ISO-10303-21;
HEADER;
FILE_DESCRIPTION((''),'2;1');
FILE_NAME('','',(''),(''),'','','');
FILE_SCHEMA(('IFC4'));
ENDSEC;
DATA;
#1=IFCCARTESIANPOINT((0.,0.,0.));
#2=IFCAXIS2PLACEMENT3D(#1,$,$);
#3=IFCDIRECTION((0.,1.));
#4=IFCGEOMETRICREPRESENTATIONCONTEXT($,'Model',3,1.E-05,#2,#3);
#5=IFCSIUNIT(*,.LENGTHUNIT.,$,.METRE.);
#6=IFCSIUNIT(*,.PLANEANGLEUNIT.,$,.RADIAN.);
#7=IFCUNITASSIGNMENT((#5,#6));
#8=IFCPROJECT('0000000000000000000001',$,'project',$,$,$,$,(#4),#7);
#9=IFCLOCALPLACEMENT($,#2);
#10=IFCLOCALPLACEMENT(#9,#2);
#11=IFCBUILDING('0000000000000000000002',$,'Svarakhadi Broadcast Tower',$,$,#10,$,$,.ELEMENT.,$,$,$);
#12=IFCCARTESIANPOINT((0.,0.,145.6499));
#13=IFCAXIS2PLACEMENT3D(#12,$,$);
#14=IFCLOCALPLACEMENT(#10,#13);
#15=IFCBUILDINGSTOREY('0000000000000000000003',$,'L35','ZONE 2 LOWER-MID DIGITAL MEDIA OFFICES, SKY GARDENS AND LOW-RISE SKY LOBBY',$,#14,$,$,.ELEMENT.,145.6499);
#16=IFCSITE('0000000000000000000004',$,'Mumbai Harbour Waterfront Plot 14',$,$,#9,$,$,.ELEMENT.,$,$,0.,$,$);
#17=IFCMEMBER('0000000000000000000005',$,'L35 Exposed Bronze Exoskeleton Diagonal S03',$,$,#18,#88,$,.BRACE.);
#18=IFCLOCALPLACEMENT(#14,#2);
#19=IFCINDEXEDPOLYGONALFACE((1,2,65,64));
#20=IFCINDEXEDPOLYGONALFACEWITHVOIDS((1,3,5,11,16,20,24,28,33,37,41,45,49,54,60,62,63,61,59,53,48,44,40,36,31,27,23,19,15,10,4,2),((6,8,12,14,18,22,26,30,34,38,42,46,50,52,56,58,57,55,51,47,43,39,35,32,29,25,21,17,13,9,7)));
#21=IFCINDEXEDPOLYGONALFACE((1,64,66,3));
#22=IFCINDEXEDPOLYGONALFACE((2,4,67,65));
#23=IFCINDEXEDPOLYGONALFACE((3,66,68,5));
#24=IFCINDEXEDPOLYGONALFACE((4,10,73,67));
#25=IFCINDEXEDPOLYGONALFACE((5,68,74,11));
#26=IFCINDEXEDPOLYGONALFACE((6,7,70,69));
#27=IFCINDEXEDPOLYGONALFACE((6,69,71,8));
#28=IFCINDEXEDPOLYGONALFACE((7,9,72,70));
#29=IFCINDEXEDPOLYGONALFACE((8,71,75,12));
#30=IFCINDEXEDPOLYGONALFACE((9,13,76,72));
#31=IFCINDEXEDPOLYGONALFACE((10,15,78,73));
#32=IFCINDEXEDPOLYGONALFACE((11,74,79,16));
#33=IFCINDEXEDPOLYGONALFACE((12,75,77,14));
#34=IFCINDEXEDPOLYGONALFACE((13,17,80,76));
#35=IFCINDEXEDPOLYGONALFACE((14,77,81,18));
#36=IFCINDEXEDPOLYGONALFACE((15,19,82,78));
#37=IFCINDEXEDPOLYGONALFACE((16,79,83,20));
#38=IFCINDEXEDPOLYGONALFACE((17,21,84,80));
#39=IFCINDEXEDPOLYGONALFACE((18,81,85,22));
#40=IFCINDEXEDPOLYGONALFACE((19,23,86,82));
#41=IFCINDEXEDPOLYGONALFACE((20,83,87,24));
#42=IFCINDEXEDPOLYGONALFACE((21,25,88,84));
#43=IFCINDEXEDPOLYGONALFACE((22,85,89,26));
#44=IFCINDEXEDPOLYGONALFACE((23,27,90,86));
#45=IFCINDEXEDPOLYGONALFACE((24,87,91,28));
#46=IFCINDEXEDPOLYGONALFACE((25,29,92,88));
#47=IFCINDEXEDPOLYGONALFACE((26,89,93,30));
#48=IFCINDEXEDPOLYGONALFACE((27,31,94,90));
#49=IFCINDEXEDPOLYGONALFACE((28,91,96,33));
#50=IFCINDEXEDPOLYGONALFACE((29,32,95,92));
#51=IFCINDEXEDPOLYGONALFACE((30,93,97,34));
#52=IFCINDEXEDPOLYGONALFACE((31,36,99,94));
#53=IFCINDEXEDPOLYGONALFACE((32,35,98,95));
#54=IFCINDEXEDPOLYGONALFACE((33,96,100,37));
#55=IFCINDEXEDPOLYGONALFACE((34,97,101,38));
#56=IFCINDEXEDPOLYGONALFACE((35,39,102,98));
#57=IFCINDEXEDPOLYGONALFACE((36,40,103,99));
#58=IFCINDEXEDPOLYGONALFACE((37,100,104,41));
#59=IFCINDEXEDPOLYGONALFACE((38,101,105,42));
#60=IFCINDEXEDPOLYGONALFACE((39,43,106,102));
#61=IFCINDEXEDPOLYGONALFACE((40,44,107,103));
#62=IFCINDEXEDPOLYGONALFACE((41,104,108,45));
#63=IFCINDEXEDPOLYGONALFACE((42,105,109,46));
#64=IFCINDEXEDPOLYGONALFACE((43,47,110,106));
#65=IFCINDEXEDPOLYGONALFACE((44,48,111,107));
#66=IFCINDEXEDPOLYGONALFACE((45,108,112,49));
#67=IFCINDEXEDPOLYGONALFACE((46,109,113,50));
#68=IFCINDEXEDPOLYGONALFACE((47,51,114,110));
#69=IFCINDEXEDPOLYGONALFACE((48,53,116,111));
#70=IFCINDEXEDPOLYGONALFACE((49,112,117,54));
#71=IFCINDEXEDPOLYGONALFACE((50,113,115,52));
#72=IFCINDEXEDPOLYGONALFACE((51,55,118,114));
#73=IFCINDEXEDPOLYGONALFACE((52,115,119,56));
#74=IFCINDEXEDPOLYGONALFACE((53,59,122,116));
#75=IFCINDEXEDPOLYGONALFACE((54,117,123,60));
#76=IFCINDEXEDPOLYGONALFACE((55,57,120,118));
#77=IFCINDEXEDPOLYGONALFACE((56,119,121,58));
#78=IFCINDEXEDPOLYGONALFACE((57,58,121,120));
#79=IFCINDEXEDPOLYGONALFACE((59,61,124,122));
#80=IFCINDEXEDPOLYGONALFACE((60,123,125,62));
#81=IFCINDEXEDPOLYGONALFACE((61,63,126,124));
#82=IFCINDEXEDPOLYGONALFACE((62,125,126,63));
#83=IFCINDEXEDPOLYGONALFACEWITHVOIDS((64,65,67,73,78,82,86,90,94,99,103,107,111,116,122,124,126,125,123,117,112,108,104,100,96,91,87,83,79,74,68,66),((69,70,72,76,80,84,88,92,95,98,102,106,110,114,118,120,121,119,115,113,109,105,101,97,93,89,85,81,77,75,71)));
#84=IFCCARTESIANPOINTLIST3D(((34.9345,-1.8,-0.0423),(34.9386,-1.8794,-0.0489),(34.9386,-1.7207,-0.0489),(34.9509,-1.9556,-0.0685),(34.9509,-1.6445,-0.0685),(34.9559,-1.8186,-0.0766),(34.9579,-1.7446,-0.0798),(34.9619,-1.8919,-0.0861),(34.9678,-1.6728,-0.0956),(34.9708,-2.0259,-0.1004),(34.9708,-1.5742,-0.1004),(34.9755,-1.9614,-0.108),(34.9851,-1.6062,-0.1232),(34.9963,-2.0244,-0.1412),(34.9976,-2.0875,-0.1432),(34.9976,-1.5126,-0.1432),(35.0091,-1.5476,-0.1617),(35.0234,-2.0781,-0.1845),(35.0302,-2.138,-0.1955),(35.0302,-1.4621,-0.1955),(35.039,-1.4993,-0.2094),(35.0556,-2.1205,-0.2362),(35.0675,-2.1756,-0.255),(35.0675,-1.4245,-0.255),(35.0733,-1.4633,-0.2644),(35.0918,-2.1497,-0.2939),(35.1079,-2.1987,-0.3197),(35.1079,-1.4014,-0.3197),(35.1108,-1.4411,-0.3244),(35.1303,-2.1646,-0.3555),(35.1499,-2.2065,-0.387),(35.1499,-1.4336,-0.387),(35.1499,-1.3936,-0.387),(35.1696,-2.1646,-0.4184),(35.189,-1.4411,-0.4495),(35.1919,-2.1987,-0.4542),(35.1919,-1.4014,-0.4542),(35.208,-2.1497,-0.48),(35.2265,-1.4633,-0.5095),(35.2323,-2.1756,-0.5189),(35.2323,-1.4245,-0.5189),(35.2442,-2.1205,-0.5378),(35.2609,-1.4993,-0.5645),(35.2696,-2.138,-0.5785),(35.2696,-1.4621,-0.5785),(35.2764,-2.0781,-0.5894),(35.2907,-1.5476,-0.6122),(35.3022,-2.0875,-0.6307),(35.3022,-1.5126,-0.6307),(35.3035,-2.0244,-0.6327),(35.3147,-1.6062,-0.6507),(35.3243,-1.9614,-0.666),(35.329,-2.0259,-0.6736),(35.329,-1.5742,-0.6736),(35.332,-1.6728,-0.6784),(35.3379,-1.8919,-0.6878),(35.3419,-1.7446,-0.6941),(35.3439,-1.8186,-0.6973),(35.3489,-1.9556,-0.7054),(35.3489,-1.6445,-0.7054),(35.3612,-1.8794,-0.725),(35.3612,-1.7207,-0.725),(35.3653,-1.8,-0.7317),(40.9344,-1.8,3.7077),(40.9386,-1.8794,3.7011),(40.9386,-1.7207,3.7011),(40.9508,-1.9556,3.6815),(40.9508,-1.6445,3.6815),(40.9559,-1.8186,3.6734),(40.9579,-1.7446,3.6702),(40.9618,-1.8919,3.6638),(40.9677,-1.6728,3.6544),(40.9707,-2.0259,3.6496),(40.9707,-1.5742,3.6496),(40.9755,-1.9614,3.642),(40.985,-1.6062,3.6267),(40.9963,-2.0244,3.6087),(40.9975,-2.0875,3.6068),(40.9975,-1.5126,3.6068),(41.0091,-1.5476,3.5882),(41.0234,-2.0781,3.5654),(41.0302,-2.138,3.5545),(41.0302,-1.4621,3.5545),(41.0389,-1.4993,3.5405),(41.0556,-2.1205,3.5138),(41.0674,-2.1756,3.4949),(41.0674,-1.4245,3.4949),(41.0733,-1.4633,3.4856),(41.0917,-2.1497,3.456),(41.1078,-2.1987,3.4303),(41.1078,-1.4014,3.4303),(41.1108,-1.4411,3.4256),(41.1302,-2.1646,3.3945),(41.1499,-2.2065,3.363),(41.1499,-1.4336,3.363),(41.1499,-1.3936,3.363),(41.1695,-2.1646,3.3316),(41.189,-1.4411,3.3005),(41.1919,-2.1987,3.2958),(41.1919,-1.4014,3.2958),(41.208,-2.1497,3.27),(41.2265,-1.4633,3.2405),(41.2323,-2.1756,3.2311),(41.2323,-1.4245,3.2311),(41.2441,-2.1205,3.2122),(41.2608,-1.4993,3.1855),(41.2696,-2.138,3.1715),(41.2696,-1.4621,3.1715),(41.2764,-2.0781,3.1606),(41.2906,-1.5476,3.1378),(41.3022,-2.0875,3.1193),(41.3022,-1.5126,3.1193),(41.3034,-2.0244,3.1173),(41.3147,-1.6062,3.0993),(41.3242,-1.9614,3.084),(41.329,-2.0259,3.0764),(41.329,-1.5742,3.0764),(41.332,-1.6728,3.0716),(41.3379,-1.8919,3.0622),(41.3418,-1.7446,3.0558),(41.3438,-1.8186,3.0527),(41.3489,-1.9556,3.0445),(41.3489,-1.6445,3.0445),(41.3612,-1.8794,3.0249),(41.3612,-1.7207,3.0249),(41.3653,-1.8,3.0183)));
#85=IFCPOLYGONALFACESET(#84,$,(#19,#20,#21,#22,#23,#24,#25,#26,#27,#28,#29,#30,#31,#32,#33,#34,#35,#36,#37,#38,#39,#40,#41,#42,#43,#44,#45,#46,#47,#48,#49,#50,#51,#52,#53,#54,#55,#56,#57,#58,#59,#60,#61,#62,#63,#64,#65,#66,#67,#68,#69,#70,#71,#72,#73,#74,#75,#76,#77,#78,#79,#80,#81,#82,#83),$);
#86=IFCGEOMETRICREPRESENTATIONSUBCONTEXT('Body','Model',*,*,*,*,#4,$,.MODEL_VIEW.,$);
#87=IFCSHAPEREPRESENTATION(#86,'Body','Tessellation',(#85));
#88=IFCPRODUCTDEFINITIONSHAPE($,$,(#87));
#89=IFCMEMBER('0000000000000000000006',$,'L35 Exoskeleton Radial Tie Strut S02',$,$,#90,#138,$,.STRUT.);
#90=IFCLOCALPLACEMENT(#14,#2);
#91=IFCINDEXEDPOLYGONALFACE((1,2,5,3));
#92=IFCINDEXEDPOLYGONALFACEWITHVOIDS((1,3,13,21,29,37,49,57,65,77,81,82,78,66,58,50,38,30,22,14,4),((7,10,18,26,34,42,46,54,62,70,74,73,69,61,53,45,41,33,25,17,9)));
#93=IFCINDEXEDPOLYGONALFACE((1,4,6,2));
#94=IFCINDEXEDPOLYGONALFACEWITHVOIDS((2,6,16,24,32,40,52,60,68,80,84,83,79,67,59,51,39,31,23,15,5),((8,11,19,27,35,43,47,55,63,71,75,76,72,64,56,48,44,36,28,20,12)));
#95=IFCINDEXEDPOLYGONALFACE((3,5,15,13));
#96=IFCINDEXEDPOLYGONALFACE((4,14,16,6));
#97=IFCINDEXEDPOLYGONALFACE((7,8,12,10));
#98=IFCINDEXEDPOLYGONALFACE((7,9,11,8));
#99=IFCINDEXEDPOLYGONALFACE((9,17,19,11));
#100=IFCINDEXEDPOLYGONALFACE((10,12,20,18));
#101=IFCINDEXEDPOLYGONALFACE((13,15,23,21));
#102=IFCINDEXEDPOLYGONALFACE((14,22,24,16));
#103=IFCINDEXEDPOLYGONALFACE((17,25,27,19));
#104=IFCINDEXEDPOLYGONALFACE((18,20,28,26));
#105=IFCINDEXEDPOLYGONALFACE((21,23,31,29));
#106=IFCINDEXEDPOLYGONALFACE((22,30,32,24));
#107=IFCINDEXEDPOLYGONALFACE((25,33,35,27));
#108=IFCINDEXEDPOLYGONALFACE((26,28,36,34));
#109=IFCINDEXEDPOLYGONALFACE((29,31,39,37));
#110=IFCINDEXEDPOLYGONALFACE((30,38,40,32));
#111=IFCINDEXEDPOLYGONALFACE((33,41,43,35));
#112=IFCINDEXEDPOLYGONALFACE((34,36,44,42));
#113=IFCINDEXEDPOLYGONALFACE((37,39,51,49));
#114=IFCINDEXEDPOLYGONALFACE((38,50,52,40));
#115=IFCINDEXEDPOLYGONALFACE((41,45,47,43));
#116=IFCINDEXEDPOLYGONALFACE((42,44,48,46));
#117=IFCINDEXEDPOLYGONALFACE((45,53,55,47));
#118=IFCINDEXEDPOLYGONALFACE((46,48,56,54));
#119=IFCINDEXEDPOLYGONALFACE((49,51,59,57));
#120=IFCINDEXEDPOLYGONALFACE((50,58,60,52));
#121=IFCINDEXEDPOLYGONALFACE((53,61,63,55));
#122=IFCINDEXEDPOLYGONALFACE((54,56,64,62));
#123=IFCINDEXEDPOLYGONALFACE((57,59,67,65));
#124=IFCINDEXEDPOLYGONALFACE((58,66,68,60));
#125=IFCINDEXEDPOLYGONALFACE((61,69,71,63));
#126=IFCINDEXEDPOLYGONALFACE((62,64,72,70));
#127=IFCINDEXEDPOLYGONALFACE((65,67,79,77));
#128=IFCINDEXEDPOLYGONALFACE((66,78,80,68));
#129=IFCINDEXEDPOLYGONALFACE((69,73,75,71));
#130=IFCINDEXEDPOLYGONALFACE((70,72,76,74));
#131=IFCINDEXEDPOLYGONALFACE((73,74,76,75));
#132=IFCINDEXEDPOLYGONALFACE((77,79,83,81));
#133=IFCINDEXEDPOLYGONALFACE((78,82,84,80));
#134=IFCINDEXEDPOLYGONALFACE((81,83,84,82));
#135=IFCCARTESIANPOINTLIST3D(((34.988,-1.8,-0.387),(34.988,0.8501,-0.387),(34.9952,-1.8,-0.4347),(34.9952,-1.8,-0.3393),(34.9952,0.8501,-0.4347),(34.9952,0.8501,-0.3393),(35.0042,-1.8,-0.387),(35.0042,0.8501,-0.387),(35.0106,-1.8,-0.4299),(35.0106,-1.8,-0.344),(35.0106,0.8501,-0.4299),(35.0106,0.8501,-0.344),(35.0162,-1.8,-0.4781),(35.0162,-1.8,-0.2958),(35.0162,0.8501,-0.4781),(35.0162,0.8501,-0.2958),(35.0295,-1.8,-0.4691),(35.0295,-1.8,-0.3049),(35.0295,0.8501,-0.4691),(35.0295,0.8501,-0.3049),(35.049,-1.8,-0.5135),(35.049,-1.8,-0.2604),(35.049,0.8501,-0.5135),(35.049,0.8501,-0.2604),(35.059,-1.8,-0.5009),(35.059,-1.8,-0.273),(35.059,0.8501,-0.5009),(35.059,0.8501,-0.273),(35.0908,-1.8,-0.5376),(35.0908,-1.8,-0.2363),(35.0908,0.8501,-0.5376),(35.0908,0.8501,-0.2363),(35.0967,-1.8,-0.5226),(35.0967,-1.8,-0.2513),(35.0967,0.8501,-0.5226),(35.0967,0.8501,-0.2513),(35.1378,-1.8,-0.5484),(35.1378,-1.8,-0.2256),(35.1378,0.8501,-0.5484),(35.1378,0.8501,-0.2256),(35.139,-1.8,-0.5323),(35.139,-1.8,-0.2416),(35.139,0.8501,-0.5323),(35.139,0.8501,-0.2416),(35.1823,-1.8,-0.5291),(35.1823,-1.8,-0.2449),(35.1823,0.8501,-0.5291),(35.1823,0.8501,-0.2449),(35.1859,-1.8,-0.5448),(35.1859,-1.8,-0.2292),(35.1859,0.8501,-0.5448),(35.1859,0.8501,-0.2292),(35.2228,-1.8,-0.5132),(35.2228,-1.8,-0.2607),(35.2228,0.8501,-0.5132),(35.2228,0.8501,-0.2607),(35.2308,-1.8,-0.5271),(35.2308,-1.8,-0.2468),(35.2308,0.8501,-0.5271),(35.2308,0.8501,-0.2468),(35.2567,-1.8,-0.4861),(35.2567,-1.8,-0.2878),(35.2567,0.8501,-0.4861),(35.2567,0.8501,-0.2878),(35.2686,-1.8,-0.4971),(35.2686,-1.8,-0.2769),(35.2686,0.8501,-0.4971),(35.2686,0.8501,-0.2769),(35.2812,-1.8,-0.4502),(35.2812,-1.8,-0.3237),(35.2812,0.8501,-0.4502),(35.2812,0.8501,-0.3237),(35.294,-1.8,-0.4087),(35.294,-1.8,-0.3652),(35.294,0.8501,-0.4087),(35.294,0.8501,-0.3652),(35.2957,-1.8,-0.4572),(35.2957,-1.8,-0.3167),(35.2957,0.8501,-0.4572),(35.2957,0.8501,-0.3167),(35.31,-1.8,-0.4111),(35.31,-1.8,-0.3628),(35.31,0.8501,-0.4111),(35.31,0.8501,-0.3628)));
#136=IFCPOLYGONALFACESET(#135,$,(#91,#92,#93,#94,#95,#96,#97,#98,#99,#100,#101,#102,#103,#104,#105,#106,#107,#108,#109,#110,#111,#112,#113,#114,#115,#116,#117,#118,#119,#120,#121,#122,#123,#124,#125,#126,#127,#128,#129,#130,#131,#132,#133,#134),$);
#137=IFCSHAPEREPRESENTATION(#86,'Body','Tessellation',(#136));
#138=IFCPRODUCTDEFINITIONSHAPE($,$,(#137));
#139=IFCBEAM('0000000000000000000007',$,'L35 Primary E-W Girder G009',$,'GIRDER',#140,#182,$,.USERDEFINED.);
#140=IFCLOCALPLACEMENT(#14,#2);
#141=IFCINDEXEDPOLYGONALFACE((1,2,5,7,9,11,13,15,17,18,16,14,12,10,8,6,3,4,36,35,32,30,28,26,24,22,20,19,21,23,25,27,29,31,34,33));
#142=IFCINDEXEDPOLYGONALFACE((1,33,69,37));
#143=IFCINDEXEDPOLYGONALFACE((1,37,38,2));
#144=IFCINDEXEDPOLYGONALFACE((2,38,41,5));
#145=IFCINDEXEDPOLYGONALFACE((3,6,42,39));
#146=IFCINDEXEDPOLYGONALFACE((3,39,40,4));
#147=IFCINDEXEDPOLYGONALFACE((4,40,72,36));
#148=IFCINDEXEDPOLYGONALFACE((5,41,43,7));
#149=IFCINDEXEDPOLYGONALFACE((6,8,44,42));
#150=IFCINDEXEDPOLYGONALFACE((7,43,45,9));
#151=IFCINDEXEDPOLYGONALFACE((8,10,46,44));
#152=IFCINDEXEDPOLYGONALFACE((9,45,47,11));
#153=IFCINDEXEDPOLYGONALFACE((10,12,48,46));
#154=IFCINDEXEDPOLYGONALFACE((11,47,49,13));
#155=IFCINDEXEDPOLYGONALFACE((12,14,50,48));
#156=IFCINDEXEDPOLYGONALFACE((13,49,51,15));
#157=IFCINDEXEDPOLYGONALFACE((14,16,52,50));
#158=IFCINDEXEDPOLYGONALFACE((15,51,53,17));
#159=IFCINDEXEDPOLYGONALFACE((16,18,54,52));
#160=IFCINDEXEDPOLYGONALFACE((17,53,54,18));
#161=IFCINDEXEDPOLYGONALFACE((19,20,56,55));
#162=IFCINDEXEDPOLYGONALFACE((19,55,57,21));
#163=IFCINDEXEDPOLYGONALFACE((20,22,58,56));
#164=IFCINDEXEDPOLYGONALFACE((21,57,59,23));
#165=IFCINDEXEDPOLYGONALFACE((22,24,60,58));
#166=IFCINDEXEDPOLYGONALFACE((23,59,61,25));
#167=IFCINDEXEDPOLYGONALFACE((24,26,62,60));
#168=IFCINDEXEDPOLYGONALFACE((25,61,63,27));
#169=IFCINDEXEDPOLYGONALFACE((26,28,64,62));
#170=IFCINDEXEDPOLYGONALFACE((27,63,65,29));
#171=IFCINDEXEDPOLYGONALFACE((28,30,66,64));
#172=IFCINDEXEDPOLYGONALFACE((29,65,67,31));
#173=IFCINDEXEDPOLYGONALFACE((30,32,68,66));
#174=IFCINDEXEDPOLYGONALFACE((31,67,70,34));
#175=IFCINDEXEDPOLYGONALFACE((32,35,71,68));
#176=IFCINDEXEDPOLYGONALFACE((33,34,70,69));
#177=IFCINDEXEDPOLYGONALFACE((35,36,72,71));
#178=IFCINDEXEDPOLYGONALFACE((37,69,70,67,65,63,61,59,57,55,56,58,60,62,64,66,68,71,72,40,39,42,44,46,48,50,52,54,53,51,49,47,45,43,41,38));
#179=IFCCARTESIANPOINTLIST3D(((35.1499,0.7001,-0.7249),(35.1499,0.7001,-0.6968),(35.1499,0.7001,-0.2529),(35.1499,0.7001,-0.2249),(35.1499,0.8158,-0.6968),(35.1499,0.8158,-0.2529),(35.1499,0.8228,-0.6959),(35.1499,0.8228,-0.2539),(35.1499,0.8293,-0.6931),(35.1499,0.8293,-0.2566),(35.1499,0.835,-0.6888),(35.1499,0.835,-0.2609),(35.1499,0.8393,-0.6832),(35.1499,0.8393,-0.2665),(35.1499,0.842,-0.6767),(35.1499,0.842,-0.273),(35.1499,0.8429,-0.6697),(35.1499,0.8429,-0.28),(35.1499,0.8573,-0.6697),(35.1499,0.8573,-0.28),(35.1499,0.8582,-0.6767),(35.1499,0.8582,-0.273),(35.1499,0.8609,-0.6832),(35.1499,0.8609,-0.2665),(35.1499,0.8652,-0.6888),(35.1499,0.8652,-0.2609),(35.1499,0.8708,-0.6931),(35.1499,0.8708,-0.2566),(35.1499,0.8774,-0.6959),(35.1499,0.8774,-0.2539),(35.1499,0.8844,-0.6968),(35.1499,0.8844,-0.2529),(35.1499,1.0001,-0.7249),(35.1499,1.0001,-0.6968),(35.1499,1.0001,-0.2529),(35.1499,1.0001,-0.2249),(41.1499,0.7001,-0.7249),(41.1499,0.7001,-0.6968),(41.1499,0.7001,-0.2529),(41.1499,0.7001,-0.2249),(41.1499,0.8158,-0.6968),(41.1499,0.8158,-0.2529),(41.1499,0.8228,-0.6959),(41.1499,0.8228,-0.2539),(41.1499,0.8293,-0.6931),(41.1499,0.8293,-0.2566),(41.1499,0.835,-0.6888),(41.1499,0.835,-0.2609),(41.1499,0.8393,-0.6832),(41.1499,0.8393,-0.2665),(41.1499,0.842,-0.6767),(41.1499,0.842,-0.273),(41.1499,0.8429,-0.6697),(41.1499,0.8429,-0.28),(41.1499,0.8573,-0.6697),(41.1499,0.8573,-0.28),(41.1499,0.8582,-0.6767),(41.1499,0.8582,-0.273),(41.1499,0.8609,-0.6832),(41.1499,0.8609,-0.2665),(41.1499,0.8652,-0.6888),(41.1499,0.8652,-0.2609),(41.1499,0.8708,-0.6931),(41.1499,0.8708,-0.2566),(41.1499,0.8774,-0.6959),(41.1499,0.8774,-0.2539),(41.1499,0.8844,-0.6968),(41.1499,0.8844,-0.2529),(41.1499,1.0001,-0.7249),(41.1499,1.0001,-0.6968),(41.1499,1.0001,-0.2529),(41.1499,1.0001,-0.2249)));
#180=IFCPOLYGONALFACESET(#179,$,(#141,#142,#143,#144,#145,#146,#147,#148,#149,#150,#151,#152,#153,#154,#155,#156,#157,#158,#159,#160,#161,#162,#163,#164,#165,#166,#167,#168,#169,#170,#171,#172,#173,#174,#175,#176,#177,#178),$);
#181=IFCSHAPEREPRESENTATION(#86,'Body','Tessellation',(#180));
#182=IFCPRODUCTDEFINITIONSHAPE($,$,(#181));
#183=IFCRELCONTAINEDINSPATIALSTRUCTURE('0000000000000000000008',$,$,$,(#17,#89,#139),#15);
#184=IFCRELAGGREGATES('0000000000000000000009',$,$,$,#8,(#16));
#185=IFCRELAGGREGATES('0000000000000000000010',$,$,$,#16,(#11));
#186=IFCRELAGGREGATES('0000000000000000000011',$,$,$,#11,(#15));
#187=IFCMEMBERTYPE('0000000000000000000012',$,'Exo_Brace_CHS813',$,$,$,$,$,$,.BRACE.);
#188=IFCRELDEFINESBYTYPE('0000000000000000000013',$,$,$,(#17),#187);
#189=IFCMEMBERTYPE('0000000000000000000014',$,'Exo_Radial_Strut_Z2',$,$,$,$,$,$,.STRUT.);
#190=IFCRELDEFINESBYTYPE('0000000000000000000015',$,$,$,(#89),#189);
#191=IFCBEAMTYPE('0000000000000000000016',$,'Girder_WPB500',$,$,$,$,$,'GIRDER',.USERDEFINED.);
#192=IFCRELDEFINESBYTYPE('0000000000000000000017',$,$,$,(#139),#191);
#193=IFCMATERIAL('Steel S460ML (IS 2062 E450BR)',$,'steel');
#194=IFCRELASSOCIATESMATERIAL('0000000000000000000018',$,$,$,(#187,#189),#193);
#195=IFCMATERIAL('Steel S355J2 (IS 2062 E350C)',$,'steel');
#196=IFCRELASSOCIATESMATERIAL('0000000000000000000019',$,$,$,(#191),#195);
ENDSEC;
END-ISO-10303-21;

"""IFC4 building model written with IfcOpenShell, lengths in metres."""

from ifc_helpers import new_model, si_unit, direction, frame, origin, origin_2d, place, context, subcontext, project, spatial, hollow_circle, i_section, extrude, material, material_profile, profile_set, type_object, element, save


model = new_model("IFC4")

# Units and contexts
model_context = context("Model", 3, precision=1e-05, world=origin(), true_north=direction((0.0, 1.0)))
body_context = subcontext(model_context, "Body", "Model", "MODEL_VIEW")
ifc_project = project(units=[si_unit("LENGTHUNIT", "METRE"), si_unit("PLANEANGLEUNIT", "RADIAN")], contexts=[model_context])

# Site, building, storey
site_placement = place(None, origin())
site = spatial("IfcSite", under=ifc_project, at=site_placement, Name="Mumbai Harbour Waterfront Plot 14", CompositionType="ELEMENT", RefElevation=0.0)
building_placement = place(site_placement, origin())
building = spatial("IfcBuilding", under=site, at=building_placement, Name="Svarakhadi Broadcast Tower", CompositionType="ELEMENT")
storey_placement = place(building_placement, frame((0.0, 0.0, 145.6499)))
storey = spatial("IfcBuildingStorey", under=building, at=storey_placement, Name="L35", Description="ZONE 2 LOWER-MID DIGITAL MEDIA OFFICES, SKY GARDENS AND LOW-RISE SKY LOBBY", CompositionType="ELEMENT", Elevation=145.6499)

# Members
ifc_material_1 = material(Name="Steel S460ML (IS 2062 E450BR)", Category="steel")
ifc_material_profile_1 = material_profile(ifc_material_1, hollow_circle(Radius=0.4065, WallThickness=0.04, at=origin_2d()), Name="CHS 813x40")
ifc_profile_set_1 = profile_set([ifc_material_profile_1], Name="Steel S460ML (IS 2062 E450BR)")
member_type_1 = type_object("IfcMemberType", Name="Exo_Brace_CHS813", PredefinedType="BRACE", material=ifc_profile_set_1)
member_1_placement = place(storey_placement, frame((35.1499, -1.8, -0.387), z_axis=(0.847998, 0.0, 0.529999), x_axis=(0.0, 1.0, 0.0)))
element("IfcMember", 1, at=member_1_placement, inside=storey, type_object=member_type_1, Name="L35 Exposed Bronze Exoskeleton Diagonal S03", PredefinedType="BRACE", context=body_context, shape_type="SweptSolid", body=[
    extrude(hollow_circle(Radius=0.4065, WallThickness=0.04, at=origin_2d()), origin(), (0.0, 0.0, 1.0), 7.0754),
])
ifc_material_profile_2 = material_profile(ifc_material_1, hollow_circle(Radius=0.1619, WallThickness=0.0161, at=origin_2d()), Name="CHS 323.9x16")
ifc_profile_set_2 = profile_set([ifc_material_profile_2], Name="Steel S460ML (IS 2062 E450BR)")
member_type_2 = type_object("IfcMemberType", Name="Exo_Radial_Strut_Z2", PredefinedType="STRUT", material=ifc_profile_set_2)
member_2_placement = place(storey_placement, frame((35.1499, -1.8, -0.387), z_axis=(0.0, 1.0, 0.0), x_axis=(-1.0, 0.0, 0.0)))
element("IfcMember", 2, at=member_2_placement, inside=storey, type_object=member_type_2, Name="L35 Exoskeleton Radial Tie Strut S02", PredefinedType="STRUT", context=body_context, shape_type="SweptSolid", body=[
    extrude(hollow_circle(Radius=0.1619, WallThickness=0.0161, at=origin_2d()), origin(), (0.0, 0.0, 1.0), 2.6501),
])

# Beam
ifc_material_2 = material(Name="Steel S355J2 (IS 2062 E350C)", Category="steel")
ifc_material_profile_3 = material_profile(ifc_material_2, i_section(OverallWidth=0.3, OverallDepth=0.5, WebThickness=0.0144, FlangeThickness=0.0281, FilletRadius=0.0271, at=origin_2d()), Name="WPB 500x300x187")
ifc_profile_set_3 = profile_set([ifc_material_profile_3], Name="Steel S355J2 (IS 2062 E350C)")
beam_type = type_object("IfcBeamType", Name="Girder_WPB500", ElementType="GIRDER", PredefinedType="USERDEFINED", material=ifc_profile_set_3)
beam_1_placement = place(storey_placement, frame((35.1499, 0.8501, -0.4749), z_axis=(1.0, 0.0, 0.0), x_axis=(0.0, 1.0, 0.0)))
element("IfcBeam", 3, at=beam_1_placement, inside=storey, type_object=beam_type, Name="L35 Primary E-W Girder G009", ObjectType="GIRDER", PredefinedType="USERDEFINED", context=body_context, shape_type="SweptSolid", body=[
    extrude(i_section(OverallWidth=0.3, OverallDepth=0.5, WebThickness=0.0144, FlangeThickness=0.0281, FilletRadius=0.0271, at=origin_2d()), origin(), (0.0, 0.0, 1.0), 6.0),
])

save(model, "model.ifc")
